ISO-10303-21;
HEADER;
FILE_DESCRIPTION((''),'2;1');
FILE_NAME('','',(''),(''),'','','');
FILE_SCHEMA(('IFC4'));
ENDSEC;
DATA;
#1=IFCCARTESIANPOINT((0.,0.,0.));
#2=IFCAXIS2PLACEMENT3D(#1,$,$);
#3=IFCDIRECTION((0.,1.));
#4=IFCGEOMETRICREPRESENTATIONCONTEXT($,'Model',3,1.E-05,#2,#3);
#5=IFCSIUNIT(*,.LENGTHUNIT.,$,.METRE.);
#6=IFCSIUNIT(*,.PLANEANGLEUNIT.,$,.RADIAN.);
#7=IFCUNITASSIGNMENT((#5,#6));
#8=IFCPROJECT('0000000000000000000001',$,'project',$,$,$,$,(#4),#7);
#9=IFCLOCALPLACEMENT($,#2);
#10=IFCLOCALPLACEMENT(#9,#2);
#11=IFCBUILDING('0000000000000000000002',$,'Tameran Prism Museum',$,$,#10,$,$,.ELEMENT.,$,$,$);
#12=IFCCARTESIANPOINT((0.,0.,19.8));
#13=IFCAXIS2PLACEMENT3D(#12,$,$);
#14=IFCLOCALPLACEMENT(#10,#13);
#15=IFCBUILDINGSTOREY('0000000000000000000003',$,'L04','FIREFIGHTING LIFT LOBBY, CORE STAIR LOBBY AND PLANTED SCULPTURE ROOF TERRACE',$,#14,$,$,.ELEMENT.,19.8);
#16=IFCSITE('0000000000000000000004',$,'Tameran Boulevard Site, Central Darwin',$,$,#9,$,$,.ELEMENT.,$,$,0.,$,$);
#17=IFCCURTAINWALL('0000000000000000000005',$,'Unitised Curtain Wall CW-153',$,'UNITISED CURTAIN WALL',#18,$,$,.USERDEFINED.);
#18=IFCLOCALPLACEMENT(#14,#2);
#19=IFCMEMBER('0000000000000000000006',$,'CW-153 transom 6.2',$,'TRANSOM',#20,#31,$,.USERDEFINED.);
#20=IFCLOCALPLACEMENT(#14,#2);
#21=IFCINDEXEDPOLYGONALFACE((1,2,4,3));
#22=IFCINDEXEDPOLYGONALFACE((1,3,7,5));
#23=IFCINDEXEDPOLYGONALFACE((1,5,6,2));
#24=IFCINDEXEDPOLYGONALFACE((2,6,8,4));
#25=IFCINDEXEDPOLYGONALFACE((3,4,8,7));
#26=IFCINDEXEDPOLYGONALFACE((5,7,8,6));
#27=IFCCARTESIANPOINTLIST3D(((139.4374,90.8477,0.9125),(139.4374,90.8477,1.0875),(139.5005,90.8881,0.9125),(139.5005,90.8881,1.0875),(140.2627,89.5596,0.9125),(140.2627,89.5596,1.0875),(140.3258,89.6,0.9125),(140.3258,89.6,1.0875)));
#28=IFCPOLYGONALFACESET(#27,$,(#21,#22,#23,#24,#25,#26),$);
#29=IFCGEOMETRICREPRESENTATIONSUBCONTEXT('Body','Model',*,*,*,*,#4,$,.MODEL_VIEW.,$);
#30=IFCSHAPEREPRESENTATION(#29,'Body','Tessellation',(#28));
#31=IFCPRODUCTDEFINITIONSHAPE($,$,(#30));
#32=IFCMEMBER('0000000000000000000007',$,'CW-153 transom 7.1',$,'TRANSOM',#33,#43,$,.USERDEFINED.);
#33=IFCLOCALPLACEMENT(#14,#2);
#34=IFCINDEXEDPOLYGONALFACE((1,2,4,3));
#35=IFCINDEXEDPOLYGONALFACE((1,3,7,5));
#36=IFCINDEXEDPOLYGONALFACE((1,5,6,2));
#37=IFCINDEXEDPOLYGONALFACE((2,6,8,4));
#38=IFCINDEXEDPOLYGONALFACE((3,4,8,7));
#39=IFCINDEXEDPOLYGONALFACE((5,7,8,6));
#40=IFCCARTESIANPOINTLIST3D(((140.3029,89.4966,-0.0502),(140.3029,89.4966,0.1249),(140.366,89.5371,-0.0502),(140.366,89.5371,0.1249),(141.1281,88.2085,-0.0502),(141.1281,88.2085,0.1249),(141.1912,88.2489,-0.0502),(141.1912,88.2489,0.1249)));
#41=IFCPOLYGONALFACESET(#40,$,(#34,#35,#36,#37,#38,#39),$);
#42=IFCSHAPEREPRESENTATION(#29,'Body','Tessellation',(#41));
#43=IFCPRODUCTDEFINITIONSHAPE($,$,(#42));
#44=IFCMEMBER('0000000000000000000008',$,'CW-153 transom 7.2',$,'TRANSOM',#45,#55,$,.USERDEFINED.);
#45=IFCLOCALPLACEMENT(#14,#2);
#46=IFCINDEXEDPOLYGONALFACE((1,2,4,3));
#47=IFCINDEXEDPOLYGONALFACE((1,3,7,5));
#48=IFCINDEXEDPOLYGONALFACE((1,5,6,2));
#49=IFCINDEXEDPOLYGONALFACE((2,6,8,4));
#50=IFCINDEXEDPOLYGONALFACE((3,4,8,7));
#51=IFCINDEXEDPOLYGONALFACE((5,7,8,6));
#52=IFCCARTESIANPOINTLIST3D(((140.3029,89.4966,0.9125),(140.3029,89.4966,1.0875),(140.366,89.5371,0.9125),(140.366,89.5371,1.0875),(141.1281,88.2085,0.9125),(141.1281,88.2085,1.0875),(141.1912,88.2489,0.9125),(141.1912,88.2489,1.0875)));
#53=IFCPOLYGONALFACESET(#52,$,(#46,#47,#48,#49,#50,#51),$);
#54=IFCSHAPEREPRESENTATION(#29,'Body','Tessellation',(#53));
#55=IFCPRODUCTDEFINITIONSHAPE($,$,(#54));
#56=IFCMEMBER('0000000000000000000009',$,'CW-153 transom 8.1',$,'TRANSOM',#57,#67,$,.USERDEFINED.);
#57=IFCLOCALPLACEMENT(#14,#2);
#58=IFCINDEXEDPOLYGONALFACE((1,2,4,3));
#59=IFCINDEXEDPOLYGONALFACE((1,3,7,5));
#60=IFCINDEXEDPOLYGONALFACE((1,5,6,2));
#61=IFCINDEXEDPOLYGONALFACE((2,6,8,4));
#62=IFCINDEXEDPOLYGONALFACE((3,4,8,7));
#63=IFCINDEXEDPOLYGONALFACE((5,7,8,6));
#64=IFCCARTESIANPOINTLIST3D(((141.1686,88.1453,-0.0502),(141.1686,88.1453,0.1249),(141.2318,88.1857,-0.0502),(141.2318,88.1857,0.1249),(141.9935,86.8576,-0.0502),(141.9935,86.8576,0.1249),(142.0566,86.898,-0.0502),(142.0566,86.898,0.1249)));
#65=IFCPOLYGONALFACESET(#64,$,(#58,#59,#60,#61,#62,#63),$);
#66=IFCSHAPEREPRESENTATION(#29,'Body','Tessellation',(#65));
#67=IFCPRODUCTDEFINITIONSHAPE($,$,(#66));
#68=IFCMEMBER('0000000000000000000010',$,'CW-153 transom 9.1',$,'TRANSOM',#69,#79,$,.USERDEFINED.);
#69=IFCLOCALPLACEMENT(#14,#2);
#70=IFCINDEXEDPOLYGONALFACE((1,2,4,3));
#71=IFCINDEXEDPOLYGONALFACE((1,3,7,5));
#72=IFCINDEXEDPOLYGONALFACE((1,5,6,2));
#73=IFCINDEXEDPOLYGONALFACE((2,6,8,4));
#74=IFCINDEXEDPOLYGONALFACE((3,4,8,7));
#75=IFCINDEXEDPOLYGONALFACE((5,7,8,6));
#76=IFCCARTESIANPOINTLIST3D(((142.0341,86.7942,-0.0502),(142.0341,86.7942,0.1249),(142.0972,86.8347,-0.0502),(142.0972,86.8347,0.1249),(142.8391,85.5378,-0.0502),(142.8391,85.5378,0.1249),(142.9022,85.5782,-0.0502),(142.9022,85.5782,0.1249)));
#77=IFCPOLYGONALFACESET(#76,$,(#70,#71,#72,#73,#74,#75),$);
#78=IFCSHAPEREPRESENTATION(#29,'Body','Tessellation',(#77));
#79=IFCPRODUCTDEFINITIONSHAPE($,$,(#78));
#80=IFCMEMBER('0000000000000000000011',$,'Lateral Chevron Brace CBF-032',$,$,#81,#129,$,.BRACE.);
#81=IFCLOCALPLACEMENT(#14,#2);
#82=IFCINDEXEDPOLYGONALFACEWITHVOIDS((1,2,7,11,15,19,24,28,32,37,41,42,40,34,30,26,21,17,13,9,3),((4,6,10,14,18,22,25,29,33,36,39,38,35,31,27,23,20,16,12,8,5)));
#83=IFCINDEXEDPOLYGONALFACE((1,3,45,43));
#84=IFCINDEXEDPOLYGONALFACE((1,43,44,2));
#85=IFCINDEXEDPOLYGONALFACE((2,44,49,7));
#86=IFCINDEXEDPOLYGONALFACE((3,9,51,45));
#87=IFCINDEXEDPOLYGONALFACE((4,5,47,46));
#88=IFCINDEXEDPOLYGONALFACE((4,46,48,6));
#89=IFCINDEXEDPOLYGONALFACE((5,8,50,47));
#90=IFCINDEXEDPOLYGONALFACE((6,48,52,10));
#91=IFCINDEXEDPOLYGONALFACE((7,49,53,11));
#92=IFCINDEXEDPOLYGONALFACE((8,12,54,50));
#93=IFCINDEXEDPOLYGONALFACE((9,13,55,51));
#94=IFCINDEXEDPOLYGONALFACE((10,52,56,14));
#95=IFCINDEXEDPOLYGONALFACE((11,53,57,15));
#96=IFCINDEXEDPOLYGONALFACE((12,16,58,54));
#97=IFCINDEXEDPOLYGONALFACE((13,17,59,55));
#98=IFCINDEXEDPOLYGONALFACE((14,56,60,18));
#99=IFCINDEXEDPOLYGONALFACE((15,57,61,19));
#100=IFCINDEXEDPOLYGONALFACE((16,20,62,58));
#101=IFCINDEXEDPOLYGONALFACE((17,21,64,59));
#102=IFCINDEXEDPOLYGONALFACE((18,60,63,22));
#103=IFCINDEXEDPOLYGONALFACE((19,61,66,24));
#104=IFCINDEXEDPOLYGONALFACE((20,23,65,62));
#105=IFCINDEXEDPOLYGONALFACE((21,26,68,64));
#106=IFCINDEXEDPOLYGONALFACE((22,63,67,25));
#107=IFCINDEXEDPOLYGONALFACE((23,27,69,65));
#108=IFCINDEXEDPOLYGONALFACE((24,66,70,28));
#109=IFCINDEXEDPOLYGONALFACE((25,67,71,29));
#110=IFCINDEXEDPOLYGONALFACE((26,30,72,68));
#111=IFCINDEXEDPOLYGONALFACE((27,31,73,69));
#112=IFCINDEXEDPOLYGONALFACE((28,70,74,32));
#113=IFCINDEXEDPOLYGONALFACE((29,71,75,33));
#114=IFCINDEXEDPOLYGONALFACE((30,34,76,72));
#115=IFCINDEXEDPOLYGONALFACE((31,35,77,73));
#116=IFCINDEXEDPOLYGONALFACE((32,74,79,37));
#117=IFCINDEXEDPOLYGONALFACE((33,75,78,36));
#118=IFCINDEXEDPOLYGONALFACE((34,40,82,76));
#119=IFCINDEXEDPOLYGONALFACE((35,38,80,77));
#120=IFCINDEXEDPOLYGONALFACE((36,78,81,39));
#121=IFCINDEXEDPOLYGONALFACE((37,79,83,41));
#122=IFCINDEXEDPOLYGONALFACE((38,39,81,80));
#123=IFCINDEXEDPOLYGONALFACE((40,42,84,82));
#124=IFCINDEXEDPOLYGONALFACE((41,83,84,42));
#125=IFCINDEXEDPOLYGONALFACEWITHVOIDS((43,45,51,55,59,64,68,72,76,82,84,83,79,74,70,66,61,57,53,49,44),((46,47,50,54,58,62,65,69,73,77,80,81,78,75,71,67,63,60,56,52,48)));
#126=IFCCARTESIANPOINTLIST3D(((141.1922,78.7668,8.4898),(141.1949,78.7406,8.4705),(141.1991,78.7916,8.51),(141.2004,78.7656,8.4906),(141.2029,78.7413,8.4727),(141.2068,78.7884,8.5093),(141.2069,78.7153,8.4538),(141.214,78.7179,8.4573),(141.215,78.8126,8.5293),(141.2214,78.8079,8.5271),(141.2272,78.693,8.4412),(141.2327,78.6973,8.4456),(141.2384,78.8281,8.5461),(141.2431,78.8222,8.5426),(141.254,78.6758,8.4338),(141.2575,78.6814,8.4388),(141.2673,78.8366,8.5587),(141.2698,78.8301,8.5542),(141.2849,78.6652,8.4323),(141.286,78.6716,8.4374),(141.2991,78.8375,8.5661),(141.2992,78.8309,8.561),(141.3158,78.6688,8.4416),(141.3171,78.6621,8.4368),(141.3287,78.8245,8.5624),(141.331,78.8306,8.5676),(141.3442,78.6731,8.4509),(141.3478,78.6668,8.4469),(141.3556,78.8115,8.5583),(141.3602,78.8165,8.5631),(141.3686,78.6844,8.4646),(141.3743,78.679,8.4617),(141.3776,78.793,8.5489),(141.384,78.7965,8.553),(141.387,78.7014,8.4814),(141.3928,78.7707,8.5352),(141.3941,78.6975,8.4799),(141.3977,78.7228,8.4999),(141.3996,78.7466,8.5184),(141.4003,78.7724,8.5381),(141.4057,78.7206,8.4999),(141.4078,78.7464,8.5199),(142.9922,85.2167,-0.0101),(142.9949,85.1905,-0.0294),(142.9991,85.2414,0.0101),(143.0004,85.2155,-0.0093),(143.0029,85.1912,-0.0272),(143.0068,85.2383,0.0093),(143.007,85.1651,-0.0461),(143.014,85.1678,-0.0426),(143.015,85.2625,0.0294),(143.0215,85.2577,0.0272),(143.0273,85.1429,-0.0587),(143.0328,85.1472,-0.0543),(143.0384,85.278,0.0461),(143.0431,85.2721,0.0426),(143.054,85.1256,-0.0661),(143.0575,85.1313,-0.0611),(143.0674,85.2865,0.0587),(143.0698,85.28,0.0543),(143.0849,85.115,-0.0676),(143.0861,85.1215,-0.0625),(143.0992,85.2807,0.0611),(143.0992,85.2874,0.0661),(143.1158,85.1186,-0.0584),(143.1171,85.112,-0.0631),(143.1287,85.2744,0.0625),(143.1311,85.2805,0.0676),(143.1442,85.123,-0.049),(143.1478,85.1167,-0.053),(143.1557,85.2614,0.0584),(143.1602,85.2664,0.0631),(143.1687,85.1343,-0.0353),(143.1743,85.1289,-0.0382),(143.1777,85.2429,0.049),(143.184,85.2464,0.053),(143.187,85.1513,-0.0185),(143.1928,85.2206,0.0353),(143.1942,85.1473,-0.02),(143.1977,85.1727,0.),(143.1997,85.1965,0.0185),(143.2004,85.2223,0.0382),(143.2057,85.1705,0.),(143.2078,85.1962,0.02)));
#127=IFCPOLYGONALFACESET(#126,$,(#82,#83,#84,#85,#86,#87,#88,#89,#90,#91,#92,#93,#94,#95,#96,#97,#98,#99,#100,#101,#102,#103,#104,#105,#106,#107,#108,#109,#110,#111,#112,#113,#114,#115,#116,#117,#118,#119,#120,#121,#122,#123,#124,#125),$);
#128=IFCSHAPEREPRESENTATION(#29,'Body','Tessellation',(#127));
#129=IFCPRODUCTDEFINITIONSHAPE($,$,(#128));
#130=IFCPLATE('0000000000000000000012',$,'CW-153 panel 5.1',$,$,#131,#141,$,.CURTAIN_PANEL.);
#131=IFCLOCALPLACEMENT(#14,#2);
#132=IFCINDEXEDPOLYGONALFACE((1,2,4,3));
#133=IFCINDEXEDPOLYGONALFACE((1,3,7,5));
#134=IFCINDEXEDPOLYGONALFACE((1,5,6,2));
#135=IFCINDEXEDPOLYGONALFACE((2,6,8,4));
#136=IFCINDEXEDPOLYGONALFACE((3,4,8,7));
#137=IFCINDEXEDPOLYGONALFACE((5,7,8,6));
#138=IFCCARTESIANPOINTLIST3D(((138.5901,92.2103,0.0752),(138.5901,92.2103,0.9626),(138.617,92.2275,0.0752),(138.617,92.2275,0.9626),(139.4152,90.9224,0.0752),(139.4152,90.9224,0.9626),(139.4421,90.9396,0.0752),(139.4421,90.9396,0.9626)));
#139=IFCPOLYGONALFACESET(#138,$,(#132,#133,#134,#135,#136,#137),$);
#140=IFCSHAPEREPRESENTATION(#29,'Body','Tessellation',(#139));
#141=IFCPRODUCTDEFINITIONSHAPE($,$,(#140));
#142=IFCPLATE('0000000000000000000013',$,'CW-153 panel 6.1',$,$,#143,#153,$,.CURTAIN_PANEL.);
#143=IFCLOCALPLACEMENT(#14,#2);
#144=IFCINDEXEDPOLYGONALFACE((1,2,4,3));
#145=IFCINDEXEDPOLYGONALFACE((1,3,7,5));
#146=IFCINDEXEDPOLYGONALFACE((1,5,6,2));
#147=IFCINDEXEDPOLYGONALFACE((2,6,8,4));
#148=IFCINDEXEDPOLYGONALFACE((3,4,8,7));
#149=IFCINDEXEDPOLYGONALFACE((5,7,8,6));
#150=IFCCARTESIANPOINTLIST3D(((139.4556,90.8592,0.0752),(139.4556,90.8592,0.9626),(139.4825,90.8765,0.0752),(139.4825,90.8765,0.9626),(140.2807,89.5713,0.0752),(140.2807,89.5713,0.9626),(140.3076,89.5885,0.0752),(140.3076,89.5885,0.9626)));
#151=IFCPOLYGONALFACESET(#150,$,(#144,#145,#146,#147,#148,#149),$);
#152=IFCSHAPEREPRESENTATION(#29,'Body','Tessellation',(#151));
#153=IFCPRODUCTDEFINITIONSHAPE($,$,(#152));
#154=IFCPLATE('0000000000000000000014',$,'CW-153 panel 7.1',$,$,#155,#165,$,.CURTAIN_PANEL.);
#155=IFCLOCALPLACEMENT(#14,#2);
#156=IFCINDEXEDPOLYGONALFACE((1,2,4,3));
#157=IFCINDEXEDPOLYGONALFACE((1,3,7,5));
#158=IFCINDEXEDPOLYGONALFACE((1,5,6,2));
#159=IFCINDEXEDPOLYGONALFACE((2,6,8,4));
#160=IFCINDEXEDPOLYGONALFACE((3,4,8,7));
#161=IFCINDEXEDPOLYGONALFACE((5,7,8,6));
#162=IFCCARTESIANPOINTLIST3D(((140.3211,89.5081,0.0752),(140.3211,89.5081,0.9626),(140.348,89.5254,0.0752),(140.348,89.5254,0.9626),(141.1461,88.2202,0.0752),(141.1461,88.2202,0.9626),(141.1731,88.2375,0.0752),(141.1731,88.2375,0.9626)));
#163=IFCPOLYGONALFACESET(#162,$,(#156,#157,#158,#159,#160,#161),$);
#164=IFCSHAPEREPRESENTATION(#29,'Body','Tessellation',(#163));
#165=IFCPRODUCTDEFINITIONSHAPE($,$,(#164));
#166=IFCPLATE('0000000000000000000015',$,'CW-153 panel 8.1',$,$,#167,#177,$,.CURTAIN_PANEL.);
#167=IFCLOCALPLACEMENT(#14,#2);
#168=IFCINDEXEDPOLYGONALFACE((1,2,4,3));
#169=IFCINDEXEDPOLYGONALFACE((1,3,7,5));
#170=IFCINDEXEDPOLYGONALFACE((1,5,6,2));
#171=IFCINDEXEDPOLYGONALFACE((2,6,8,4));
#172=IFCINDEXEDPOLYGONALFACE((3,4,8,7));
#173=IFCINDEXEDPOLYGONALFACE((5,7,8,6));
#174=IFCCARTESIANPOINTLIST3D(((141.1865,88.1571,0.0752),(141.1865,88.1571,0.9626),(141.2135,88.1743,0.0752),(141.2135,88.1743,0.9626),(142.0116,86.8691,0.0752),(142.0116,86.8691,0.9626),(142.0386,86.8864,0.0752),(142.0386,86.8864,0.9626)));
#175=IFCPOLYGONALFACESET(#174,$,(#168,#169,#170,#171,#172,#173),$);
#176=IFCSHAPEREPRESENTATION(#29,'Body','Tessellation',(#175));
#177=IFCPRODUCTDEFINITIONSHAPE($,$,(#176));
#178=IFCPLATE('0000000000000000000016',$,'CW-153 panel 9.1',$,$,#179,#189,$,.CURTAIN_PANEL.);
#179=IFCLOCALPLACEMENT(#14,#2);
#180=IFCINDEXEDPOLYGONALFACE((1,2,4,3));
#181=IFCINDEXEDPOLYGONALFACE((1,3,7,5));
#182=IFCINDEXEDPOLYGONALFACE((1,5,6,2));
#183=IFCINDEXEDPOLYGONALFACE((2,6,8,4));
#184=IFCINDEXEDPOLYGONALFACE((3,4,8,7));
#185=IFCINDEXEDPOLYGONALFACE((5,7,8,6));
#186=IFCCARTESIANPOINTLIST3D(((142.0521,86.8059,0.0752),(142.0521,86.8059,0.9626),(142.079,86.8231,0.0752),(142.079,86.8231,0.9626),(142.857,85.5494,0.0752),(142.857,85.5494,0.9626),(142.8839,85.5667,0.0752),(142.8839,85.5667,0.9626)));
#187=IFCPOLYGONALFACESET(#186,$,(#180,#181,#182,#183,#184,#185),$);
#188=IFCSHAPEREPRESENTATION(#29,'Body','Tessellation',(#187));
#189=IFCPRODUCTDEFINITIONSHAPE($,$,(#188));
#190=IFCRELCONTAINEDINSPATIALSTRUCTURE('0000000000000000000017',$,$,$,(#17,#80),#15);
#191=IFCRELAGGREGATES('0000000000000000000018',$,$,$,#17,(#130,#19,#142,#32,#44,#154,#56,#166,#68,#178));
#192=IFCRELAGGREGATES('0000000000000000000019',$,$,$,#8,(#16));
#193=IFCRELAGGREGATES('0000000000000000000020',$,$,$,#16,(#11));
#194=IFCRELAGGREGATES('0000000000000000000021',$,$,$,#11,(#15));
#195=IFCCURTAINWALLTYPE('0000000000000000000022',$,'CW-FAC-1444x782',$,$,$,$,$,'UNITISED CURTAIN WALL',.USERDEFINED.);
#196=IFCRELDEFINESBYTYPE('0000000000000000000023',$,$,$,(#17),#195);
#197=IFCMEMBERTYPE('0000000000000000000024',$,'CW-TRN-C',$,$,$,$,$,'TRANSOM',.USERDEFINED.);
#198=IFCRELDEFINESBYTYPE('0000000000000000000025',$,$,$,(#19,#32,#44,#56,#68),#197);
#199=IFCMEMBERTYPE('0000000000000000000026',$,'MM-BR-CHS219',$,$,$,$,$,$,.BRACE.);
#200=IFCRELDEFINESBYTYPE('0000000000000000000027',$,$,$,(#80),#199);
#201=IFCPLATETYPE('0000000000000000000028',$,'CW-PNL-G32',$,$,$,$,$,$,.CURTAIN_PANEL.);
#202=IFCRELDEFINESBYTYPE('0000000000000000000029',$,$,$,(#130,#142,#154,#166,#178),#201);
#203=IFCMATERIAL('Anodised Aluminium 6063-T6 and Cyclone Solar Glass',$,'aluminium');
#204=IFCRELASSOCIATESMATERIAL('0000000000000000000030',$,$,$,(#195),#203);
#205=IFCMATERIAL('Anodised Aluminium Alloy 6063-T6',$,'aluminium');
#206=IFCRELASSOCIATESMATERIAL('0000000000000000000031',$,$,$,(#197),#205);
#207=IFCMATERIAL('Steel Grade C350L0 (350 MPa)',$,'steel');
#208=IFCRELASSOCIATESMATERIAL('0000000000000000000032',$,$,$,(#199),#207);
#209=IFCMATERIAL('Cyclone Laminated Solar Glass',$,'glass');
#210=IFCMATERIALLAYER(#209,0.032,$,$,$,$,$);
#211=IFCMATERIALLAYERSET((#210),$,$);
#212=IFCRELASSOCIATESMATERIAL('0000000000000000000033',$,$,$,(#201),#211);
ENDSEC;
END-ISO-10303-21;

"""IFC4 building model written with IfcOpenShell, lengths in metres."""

from ifc_helpers import new_model, si_unit, direction, frame, origin, origin_2d, place, context, subcontext, project, spatial, rectangle, hollow_circle, extrude, material, layer, layer_set, material_profile, profile_set, type_object, element, aggregate, save


model = new_model("IFC4")

# Units and contexts
model_context = context("Model", 3, precision=1e-05, world=origin(), true_north=direction((0.0, 1.0)))
body_context = subcontext(model_context, "Body", "Model", "MODEL_VIEW")
ifc_project = project(units=[si_unit("LENGTHUNIT", "METRE"), si_unit("PLANEANGLEUNIT", "RADIAN")], contexts=[model_context])

# Site, building, storey
site_placement = place(None, origin())
site = spatial("IfcSite", under=ifc_project, at=site_placement, Name="Tameran Boulevard Site, Central Darwin", CompositionType="ELEMENT", RefElevation=0.0)
building_placement = place(site_placement, origin())
building = spatial("IfcBuilding", under=site, at=building_placement, Name="Tameran Prism Museum", CompositionType="ELEMENT")
storey_placement = place(building_placement, frame((0.0, 0.0, 19.8)))
storey = spatial("IfcBuildingStorey", under=building, at=storey_placement, Name="L04", Description="FIREFIGHTING LIFT LOBBY, CORE STAIR LOBBY AND PLANTED SCULPTURE ROOF TERRACE", CompositionType="ELEMENT", Elevation=19.8)

# Curtain wall, members
ifc_material_1 = material(Name="Anodised Aluminium 6063-T6 and Cyclone Solar Glass", Category="aluminium")
curtain_wall_type = type_object("IfcCurtainWallType", Name="CW-FAC-1444x782", ElementType="UNITISED CURTAIN WALL", PredefinedType="USERDEFINED", material=ifc_material_1)
curtain_wall_placement = place(storey_placement, origin())
curtain_wall = element("IfcCurtainWall", 1, at=curtain_wall_placement, inside=storey, type_object=curtain_wall_type, Name="Unitised Curtain Wall CW-153", ObjectType="UNITISED CURTAIN WALL", PredefinedType="USERDEFINED")
ifc_material_2 = material(Name="Anodised Aluminium Alloy 6063-T6", Category="aluminium")
ifc_material_profile_1 = material_profile(ifc_material_2, rectangle(XDim=0.075, YDim=0.175, at=origin_2d()))
ifc_profile_set_1 = profile_set([ifc_material_profile_1])
member_type_1 = type_object("IfcMemberType", Name="CW-TRN-C", ElementType="TRANSOM", PredefinedType="USERDEFINED", material=ifc_profile_set_1)
member_1_placement = place(storey_placement, frame((139.469, 90.8679, 1.0), z_axis=(0.539434, -0.842028, 0.0), x_axis=(0.842028, 0.539434, 0.0)))
member_1 = element("IfcMember", 2, at=member_1_placement, type_object=member_type_1, Name="CW-153 transom 6.2", ObjectType="TRANSOM", PredefinedType="USERDEFINED", context=body_context, shape_type="SweptSolid", body=[
    extrude(rectangle(XDim=0.075, YDim=0.175, at=origin_2d()), origin(), (0.0, 0.0, 1.0), 1.5298),
])
member_2_placement = place(storey_placement, frame((140.3345, 89.5168, 0.0374), z_axis=(0.539434, -0.842028, 0.0), x_axis=(0.842028, 0.539434, 0.0)))
member_2 = element("IfcMember", 3, at=member_2_placement, type_object=member_type_1, Name="CW-153 transom 7.1", ObjectType="TRANSOM", PredefinedType="USERDEFINED", context=body_context, shape_type="SweptSolid", body=[
    extrude(rectangle(XDim=0.075, YDim=0.175, at=origin_2d()), origin(), (0.0, 0.0, 1.0), 1.5298),
])
member_3_placement = place(storey_placement, frame((140.3345, 89.5168, 1.0), z_axis=(0.539434, -0.842028, 0.0), x_axis=(0.842028, 0.539434, 0.0)))
member_3 = element("IfcMember", 4, at=member_3_placement, type_object=member_type_1, Name="CW-153 transom 7.2", ObjectType="TRANSOM", PredefinedType="USERDEFINED", context=body_context, shape_type="SweptSolid", body=[
    extrude(rectangle(XDim=0.075, YDim=0.175, at=origin_2d()), origin(), (0.0, 0.0, 1.0), 1.5298),
])
member_4_placement = place(storey_placement, frame((141.2002, 88.1655, 0.0374), z_axis=(0.539393, -0.842054, 0.0), x_axis=(0.842054, 0.539393, 0.0)))
member_4 = element("IfcMember", 5, at=member_4_placement, type_object=member_type_1, Name="CW-153 transom 8.1", ObjectType="TRANSOM", PredefinedType="USERDEFINED", context=body_context, shape_type="SweptSolid", body=[
    extrude(rectangle(XDim=0.075, YDim=0.175, at=origin_2d()), origin(), (0.0, 0.0, 1.0), 1.5293),
])
member_5_placement = place(storey_placement, frame((142.0657, 86.8145, 0.0374), z_axis=(0.539467, -0.842007, 0.0), x_axis=(0.842007, 0.539467, 0.0)))
member_5 = element("IfcMember", 6, at=member_5_placement, type_object=member_type_1, Name="CW-153 transom 9.1", ObjectType="TRANSOM", PredefinedType="USERDEFINED", context=body_context, shape_type="SweptSolid", body=[
    extrude(rectangle(XDim=0.075, YDim=0.175, at=origin_2d()), origin(), (0.0, 0.0, 1.0), 1.4922),
])

# Member
ifc_material_3 = material(Name="Steel Grade C350L0 (350 MPa)", Category="steel")
ifc_material_profile_2 = material_profile(ifc_material_3, hollow_circle(Radius=0.1096, WallThickness=0.0083, at=origin_2d()))
ifc_profile_set_2 = profile_set([ifc_material_profile_2])
member_type_2 = type_object("IfcMemberType", Name="MM-BR-CHS219", PredefinedType="BRACE", material=ifc_profile_set_2)
member_6_placement = place(storey_placement, frame((143.1001, 85.2, 0.0), z_axis=(-0.166349, -0.596064, 0.785516), x_axis=(0.963194, -0.268808, 0.0)))
element("IfcMember", 7, at=member_6_placement, inside=storey, type_object=member_type_2, Name="Lateral Chevron Brace CBF-032", PredefinedType="BRACE", context=body_context, shape_type="SweptSolid", body=[
    extrude(hollow_circle(Radius=0.1096, WallThickness=0.0083, at=origin_2d()), origin(), (0.0, 0.0, 1.0), 10.8208),
])

# Plates
ifc_material_4 = material(Name="Cyclone Laminated Solar Glass", Category="glass")
ifc_layer_1 = layer(ifc_material_4, 0.032)
ifc_layer_set_1 = layer_set([ifc_layer_1])
plate_type = type_object("IfcPlateType", Name="CW-PNL-G32", PredefinedType="CURTAIN_PANEL", material=ifc_layer_set_1)
plate_1_placement = place(storey_placement, frame((139.0161, 91.575, 0.0752), z_axis=(0.0, 0.0, 1.0), x_axis=(0.539427, -0.842032, 0.0)))
plate_1 = element("IfcPlate", 8, at=plate_1_placement, type_object=plate_type, Name="CW-153 panel 5.1", PredefinedType="CURTAIN_PANEL", context=body_context, shape_type="SweptSolid", body=[
    extrude(rectangle(XDim=1.5295, YDim=0.032, at=origin_2d()), origin(), (0.0, 0.0, 1.0), 0.8875),
])
plate_2_placement = place(storey_placement, frame((139.8816, 90.2239, 0.0752), z_axis=(0.0, 0.0, 1.0), x_axis=(0.539427, -0.842032, 0.0)))
plate_2 = element("IfcPlate", 9, at=plate_2_placement, type_object=plate_type, Name="CW-153 panel 6.1", PredefinedType="CURTAIN_PANEL", context=body_context, shape_type="SweptSolid", body=[
    extrude(rectangle(XDim=1.5295, YDim=0.032, at=origin_2d()), origin(), (0.0, 0.0, 1.0), 0.8875),
])
plate_3_placement = place(storey_placement, frame((140.7471, 88.8728, 0.0752), z_axis=(0.0, 0.0, 1.0), x_axis=(0.539427, -0.842032, 0.0)))
plate_3 = element("IfcPlate", 10, at=plate_3_placement, type_object=plate_type, Name="CW-153 panel 7.1", PredefinedType="CURTAIN_PANEL", context=body_context, shape_type="SweptSolid", body=[
    extrude(rectangle(XDim=1.5295, YDim=0.032, at=origin_2d()), origin(), (0.0, 0.0, 1.0), 0.8875),
])
plate_4_placement = place(storey_placement, frame((141.6125, 87.5217, 0.0752), z_axis=(0.0, 0.0, 1.0), x_axis=(0.539427, -0.842032, 0.0)))
plate_4 = element("IfcPlate", 11, at=plate_4_placement, type_object=plate_type, Name="CW-153 panel 8.1", PredefinedType="CURTAIN_PANEL", context=body_context, shape_type="SweptSolid", body=[
    extrude(rectangle(XDim=1.5295, YDim=0.032, at=origin_2d()), origin(), (0.0, 0.0, 1.0), 0.8875),
])
plate_5_placement = place(storey_placement, frame((142.468, 86.1863, 0.0752), z_axis=(0.0, 0.0, 1.0), x_axis=(0.539427, -0.842032, 0.0)))
plate_5 = element("IfcPlate", 12, at=plate_5_placement, type_object=plate_type, Name="CW-153 panel 9.1", PredefinedType="CURTAIN_PANEL", context=body_context, shape_type="SweptSolid", body=[
    extrude(rectangle(XDim=1.4922, YDim=0.032, at=origin_2d()), origin(), (0.0, 0.0, 1.0), 0.8875),
])
aggregate(curtain_wall, [plate_1, member_1, plate_2, member_2, member_3, plate_3, member_4, plate_4, member_5, plate_5])

save(model, "model.ifc")
